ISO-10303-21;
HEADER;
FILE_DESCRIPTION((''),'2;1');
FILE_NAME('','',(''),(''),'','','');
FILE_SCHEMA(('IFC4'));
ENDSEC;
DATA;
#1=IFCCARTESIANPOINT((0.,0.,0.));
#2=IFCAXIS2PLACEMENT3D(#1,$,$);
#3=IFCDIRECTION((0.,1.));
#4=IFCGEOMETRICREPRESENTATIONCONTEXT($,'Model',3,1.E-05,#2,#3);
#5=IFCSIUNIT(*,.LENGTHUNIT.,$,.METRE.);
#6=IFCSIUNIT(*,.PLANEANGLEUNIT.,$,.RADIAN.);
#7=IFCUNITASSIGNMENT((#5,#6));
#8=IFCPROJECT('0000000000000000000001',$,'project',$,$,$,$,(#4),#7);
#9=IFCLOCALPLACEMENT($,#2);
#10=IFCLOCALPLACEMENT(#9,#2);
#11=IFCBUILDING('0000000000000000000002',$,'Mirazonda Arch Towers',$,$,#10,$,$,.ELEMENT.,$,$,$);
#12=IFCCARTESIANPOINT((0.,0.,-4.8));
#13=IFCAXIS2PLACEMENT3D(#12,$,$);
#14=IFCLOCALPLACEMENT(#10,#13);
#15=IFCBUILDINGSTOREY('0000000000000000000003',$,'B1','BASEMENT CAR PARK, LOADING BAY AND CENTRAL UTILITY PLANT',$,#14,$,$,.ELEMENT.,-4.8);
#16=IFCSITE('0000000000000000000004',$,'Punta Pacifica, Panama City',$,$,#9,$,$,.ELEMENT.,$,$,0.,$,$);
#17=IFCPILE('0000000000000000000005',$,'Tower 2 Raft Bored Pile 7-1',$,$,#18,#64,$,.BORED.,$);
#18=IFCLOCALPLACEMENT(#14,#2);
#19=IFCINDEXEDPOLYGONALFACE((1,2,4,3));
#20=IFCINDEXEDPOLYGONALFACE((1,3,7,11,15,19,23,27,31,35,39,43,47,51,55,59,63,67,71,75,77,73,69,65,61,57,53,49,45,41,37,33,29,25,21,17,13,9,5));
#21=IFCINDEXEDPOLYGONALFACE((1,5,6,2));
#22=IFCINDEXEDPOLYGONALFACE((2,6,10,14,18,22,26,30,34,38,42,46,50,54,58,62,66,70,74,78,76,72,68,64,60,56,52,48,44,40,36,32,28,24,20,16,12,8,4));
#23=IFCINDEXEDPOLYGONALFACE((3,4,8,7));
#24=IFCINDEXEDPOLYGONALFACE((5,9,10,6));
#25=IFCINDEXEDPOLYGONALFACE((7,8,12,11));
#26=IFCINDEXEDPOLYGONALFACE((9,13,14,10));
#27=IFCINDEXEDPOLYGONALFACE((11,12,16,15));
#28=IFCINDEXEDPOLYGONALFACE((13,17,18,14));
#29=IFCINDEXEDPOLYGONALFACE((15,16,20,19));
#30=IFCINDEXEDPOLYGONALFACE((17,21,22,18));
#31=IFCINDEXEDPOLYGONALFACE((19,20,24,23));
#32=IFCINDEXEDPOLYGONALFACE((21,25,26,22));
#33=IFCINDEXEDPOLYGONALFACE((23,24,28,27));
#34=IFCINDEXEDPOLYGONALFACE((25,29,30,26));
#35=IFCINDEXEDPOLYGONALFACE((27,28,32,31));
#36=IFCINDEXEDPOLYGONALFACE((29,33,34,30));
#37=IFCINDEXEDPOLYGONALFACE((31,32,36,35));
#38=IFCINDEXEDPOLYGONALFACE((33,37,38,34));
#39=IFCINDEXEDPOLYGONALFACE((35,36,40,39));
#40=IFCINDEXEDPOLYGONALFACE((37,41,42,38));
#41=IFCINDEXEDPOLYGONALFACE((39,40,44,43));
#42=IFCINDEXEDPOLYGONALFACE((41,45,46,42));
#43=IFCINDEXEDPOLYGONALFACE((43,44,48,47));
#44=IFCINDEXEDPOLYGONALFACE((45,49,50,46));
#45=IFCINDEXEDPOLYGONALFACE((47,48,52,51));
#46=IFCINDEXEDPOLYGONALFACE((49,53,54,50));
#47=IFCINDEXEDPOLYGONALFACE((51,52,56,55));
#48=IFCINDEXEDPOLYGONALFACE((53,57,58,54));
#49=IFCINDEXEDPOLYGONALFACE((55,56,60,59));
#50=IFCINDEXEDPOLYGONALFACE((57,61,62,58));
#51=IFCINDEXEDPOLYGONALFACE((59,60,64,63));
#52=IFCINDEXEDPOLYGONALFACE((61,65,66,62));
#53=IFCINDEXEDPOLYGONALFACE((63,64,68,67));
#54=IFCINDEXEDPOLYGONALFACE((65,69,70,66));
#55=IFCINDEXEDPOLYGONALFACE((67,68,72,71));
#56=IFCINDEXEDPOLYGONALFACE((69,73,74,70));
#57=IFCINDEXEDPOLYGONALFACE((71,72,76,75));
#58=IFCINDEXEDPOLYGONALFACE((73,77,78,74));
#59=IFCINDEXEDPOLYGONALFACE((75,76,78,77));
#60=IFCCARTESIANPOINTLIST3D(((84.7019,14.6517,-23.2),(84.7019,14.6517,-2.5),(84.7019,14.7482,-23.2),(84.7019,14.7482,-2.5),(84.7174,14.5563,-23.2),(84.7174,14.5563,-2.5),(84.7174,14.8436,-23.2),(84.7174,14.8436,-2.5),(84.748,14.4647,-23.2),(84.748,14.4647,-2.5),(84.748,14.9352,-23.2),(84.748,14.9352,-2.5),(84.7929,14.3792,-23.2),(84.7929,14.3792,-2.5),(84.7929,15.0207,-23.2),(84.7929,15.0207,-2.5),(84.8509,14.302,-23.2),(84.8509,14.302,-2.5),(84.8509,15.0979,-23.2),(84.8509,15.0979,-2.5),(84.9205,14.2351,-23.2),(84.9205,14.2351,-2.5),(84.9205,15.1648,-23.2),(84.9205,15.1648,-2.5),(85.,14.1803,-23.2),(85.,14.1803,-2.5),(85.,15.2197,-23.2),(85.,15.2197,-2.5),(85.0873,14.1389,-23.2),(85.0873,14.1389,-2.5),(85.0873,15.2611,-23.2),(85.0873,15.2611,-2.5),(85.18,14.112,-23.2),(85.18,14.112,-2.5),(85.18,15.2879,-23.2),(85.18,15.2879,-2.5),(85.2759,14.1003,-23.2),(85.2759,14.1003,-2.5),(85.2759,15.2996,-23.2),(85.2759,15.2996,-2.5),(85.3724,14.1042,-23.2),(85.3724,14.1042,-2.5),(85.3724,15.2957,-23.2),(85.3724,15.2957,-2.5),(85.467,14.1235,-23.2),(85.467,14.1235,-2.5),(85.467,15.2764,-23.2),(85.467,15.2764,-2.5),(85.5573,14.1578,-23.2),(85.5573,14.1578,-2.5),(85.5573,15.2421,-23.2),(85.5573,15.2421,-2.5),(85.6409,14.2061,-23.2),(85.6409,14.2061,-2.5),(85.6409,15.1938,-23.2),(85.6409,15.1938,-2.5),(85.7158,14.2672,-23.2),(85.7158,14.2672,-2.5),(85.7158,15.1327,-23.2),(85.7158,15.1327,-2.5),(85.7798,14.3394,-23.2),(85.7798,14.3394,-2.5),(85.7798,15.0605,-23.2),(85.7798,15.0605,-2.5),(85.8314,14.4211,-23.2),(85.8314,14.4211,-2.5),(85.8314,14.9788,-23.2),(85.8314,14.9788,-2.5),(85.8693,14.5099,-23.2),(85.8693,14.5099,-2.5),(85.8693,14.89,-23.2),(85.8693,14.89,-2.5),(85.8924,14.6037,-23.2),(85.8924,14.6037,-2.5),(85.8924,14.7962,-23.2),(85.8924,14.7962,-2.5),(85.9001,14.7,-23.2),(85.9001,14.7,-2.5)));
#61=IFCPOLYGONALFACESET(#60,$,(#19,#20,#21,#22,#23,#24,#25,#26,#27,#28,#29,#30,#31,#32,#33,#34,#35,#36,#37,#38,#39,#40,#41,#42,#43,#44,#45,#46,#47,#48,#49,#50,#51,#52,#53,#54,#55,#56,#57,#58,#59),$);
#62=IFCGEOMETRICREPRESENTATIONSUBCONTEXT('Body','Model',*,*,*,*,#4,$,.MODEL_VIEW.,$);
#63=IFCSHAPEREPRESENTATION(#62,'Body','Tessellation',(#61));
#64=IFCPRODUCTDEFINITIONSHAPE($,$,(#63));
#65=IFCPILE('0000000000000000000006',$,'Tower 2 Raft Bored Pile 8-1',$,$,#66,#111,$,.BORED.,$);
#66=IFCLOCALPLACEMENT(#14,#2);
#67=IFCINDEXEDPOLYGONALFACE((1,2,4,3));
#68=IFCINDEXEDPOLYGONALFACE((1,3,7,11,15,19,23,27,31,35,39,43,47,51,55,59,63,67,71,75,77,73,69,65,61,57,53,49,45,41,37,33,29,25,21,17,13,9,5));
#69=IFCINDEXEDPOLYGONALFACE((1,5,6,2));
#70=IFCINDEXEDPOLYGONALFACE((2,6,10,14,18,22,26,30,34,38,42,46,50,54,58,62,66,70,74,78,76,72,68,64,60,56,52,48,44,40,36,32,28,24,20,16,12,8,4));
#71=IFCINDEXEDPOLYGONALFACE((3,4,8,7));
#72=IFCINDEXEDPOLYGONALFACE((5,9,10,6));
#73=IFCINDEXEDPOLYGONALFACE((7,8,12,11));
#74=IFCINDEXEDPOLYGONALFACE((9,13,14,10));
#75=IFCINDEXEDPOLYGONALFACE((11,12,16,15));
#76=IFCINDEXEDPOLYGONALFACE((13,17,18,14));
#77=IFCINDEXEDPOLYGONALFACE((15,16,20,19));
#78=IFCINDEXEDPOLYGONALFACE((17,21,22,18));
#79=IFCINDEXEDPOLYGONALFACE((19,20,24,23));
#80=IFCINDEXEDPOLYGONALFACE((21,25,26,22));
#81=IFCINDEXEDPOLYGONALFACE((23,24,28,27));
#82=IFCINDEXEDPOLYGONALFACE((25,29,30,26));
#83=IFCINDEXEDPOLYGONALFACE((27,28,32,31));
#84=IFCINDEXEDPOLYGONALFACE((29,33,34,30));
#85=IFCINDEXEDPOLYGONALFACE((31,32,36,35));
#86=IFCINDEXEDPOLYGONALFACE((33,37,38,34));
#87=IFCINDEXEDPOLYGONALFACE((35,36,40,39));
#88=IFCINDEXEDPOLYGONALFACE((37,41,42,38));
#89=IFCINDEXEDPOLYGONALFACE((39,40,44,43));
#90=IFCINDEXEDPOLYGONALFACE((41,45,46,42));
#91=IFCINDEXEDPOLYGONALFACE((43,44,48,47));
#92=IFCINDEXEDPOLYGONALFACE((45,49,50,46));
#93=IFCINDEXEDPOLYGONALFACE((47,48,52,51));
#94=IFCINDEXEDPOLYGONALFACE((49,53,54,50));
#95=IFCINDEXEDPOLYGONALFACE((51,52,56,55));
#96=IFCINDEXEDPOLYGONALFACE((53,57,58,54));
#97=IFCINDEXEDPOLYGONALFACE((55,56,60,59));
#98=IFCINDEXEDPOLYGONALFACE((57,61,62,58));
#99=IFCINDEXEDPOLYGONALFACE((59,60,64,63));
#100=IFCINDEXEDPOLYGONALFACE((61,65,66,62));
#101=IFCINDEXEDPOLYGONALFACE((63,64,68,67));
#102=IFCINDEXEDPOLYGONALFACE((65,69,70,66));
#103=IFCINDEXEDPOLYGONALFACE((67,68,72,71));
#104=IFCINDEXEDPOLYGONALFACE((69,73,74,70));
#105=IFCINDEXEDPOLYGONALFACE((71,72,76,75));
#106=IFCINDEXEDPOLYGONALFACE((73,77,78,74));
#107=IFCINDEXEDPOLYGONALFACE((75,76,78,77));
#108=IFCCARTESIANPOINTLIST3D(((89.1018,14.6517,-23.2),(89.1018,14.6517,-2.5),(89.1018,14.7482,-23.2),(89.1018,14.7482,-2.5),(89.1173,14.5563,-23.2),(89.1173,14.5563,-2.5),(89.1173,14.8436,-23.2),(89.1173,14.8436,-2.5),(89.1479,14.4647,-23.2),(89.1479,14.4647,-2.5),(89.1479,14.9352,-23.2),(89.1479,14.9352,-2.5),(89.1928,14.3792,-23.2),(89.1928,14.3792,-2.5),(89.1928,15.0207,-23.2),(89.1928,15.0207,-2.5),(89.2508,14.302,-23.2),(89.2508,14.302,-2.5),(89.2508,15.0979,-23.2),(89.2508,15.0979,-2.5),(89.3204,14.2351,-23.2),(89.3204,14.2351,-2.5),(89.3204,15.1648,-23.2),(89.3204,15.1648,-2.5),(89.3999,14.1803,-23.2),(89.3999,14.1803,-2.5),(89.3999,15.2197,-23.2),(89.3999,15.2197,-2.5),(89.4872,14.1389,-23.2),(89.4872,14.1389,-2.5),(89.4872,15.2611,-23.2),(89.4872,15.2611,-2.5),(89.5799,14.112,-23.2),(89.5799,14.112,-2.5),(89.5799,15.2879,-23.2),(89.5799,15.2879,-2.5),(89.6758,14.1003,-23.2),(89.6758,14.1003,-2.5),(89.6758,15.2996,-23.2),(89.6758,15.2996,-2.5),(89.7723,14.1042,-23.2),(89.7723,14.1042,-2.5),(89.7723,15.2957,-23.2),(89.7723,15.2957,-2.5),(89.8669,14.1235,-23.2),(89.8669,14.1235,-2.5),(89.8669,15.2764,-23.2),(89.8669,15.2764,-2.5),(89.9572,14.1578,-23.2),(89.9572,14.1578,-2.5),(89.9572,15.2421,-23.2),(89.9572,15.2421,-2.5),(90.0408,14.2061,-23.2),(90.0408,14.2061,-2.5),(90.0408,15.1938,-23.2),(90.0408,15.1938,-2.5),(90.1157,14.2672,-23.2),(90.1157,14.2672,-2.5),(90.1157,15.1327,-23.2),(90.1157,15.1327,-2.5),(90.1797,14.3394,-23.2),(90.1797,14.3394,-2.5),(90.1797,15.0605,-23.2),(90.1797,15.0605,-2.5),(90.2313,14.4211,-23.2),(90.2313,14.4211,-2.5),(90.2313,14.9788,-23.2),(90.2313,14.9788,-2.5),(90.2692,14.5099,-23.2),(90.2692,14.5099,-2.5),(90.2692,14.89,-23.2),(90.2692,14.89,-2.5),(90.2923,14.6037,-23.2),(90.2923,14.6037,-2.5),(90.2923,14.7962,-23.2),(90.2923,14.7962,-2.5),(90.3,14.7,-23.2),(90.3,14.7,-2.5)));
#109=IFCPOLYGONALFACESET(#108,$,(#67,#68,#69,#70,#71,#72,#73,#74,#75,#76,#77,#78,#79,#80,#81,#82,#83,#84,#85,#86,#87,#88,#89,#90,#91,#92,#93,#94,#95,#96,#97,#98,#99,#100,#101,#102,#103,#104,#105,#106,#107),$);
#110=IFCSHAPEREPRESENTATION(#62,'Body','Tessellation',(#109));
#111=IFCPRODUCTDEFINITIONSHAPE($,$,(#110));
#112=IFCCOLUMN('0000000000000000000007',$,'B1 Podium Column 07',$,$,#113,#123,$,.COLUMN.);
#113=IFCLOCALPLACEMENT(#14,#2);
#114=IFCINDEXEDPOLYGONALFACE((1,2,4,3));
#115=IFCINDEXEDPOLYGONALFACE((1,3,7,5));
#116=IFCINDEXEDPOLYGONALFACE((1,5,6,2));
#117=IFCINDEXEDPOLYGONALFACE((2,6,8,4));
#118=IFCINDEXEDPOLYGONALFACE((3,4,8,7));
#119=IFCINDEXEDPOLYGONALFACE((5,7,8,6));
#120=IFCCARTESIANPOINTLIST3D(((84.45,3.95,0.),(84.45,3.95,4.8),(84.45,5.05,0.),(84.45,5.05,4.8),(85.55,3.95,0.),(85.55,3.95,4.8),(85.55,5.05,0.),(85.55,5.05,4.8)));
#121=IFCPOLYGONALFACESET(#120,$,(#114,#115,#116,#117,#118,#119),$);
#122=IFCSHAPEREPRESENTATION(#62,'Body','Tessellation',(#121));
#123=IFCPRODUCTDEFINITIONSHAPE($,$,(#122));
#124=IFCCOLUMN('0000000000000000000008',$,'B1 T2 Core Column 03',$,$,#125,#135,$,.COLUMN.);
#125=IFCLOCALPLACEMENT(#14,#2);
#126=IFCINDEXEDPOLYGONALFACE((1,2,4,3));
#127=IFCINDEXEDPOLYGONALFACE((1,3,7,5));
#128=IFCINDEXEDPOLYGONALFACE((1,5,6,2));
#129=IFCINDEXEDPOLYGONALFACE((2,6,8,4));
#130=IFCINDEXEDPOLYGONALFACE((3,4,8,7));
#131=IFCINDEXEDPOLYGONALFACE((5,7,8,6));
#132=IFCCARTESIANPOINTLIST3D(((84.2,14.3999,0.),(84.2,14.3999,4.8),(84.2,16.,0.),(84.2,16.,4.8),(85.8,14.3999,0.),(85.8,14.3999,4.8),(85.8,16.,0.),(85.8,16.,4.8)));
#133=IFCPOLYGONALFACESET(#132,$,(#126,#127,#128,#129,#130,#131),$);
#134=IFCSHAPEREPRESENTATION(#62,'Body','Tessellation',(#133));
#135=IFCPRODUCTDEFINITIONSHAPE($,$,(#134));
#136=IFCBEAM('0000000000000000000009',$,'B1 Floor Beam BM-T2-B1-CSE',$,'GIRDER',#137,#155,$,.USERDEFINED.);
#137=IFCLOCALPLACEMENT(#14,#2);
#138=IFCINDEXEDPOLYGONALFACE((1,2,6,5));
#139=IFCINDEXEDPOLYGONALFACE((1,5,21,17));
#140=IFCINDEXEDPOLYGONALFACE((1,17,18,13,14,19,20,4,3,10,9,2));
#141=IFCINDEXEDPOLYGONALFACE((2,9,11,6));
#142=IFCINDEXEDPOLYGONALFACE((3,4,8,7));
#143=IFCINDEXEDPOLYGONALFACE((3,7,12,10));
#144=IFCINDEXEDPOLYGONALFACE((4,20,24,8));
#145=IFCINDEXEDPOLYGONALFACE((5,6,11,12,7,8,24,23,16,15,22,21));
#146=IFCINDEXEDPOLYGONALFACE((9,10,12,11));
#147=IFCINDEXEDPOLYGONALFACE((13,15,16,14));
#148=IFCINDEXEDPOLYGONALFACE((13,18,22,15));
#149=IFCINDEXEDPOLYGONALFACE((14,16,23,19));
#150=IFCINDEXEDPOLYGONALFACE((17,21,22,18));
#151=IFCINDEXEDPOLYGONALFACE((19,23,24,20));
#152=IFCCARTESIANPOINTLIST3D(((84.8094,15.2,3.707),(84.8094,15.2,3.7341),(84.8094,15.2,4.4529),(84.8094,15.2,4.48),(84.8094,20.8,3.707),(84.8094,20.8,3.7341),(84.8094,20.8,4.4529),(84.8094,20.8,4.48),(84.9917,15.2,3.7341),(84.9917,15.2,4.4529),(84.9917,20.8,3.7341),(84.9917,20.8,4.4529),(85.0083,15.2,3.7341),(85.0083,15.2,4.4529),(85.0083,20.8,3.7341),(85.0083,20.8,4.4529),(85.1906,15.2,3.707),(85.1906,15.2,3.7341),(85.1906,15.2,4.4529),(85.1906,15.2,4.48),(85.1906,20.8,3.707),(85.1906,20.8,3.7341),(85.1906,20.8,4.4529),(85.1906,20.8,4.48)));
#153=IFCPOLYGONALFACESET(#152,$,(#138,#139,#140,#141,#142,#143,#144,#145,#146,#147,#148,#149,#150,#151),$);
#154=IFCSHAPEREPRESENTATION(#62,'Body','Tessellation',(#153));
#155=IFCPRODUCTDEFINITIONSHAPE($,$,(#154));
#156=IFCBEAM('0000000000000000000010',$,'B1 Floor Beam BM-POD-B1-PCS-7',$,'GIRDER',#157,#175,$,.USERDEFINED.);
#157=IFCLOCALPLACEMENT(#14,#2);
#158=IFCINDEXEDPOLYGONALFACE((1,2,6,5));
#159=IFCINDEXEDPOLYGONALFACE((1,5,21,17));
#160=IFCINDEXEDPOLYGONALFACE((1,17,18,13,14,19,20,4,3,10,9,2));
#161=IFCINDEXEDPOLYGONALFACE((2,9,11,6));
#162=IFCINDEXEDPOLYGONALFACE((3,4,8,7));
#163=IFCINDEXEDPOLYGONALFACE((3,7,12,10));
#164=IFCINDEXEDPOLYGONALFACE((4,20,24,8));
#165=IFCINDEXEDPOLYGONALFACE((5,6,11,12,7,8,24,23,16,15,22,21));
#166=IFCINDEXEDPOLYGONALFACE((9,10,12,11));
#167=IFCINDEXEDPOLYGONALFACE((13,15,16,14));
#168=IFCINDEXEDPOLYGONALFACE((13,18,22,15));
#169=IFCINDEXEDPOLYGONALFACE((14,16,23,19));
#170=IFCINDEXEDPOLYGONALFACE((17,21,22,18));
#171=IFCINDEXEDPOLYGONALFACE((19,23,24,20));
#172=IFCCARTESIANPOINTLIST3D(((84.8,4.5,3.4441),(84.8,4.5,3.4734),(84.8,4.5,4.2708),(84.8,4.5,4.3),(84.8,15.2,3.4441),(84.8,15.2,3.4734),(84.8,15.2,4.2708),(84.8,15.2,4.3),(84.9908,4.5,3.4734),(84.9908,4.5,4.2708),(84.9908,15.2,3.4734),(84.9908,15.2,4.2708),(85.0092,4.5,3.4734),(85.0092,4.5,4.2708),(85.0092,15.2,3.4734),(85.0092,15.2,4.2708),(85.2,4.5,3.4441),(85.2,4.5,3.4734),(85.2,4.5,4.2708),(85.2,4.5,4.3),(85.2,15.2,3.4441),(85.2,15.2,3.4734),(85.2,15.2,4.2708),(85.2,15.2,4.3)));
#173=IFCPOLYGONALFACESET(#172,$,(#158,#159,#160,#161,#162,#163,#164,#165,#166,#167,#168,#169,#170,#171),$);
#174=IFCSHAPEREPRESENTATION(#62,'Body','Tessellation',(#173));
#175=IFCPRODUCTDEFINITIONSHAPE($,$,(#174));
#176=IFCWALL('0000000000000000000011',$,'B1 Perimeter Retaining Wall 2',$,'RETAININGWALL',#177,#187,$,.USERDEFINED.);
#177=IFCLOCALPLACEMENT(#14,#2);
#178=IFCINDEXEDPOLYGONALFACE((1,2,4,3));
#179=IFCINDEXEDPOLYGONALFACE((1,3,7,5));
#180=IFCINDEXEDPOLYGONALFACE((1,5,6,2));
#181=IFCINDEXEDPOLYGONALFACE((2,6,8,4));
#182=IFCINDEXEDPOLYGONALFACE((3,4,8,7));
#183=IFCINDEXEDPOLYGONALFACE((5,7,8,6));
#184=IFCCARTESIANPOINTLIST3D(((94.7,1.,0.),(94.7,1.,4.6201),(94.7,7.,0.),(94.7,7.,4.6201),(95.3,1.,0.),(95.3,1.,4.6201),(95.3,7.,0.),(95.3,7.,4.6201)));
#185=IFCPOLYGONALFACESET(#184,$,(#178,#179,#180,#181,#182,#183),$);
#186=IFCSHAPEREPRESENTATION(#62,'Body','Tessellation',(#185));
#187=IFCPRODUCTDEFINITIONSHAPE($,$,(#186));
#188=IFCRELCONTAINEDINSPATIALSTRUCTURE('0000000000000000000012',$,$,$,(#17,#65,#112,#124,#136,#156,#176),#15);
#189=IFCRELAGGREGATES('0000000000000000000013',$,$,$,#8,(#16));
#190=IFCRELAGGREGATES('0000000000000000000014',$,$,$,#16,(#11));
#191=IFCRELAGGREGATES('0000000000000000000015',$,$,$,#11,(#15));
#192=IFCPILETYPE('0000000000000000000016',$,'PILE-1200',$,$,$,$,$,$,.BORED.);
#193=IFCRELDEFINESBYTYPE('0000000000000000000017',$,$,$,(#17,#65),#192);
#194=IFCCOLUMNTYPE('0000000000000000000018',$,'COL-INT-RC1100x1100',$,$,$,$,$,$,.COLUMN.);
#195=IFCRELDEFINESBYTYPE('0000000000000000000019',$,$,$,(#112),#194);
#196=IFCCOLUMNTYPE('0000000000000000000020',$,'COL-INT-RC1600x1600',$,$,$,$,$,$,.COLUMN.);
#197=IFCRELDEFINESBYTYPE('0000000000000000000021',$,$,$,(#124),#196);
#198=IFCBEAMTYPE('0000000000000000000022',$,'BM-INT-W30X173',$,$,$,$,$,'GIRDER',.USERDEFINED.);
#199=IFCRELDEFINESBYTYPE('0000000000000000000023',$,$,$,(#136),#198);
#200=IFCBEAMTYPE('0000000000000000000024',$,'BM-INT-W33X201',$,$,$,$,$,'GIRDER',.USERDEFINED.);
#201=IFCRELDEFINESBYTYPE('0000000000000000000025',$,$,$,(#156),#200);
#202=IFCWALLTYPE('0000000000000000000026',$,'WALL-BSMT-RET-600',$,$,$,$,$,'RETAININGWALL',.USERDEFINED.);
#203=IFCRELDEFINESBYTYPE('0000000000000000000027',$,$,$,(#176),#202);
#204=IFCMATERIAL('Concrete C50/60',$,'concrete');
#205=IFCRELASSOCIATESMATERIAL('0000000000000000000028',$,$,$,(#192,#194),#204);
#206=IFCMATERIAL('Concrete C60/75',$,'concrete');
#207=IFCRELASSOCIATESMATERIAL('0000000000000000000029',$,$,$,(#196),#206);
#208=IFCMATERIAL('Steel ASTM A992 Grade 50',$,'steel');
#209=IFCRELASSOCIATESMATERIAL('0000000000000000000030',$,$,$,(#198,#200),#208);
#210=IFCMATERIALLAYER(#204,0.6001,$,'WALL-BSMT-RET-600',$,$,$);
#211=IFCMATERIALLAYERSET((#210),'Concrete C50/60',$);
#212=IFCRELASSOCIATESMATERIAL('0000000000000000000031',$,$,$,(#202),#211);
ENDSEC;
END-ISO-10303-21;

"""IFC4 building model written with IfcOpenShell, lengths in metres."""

from ifc_helpers import new_model, si_unit, direction, frame, frame_2d, origin, origin_2d, place, context, subcontext, project, spatial, rectangle, circle, i_section, extrude, material, layer, layer_set, material_profile, profile_set, type_object, element, save


model = new_model("IFC4")

# Units and contexts
model_context = context("Model", 3, precision=1e-05, world=origin(), true_north=direction((0.0, 1.0)))
body_context = subcontext(model_context, "Body", "Model", "MODEL_VIEW")
ifc_project = project(units=[si_unit("LENGTHUNIT", "METRE"), si_unit("PLANEANGLEUNIT", "RADIAN")], contexts=[model_context])

# Site, building, storey
site_placement = place(None, origin())
site = spatial("IfcSite", under=ifc_project, at=site_placement, Name="Punta Pacifica, Panama City", CompositionType="ELEMENT", RefElevation=0.0)
building_placement = place(site_placement, origin())
building = spatial("IfcBuilding", under=site, at=building_placement, Name="Mirazonda Arch Towers", CompositionType="ELEMENT")
storey_placement = place(building_placement, frame((0.0, 0.0, -4.8)))
storey = spatial("IfcBuildingStorey", under=building, at=storey_placement, Name="B1", Description="BASEMENT CAR PARK, LOADING BAY AND CENTRAL UTILITY PLANT", CompositionType="ELEMENT", Elevation=-4.8)

# Piles
ifc_material_1 = material(Name="Concrete C50/60", Category="concrete")
ifc_material_profile_1 = material_profile(ifc_material_1, circle(Radius=0.6001, at=origin_2d()), Name="BORED-D1200")
ifc_profile_set_1 = profile_set([ifc_material_profile_1], Name="Concrete C50/60")
pile_type_1 = type_object("IfcPileType", Name="PILE-1200", PredefinedType="BORED", material=ifc_profile_set_1)
for number, where, z_axis, x_axis, name in (
    (1, (85.3, 14.7, -2.5), (0.0, 0.0, -1.0), (1.0, 0.0, 0.0), "Tower 2 Raft Bored Pile 7-1"),
    (2, (89.7, 14.7, -2.5), (0.0, 0.0, -1.0), (1.0, 0.0, 0.0), "Tower 2 Raft Bored Pile 8-1"),
):
    element("IfcPile", number, at=place(storey_placement, frame(where, z_axis=z_axis, x_axis=x_axis)), inside=storey, type_object=pile_type_1, Name=name, PredefinedType="BORED", context=body_context, shape_type="SweptSolid", body=[
        extrude(circle(Radius=0.6001, at=origin_2d()), origin(), (0.0, 0.0, 1.0), 20.7),
    ])

# Columns
ifc_material_profile_2 = material_profile(ifc_material_1, rectangle(XDim=1.1001, YDim=1.1001, at=origin_2d()), Name="RC1100x1100")
ifc_profile_set_2 = profile_set([ifc_material_profile_2], Name="Concrete C50/60")
column_type_1 = type_object("IfcColumnType", Name="COL-INT-RC1100x1100", PredefinedType="COLUMN", material=ifc_profile_set_2)
column_1_placement = place(storey_placement, frame((85.0, 4.5, 0.0), z_axis=(0.0, 0.0, 1.0), x_axis=(1.0, 0.0, 0.0)))
element("IfcColumn", 3, at=column_1_placement, inside=storey, type_object=column_type_1, Name="B1 Podium Column 07", PredefinedType="COLUMN", context=body_context, shape_type="SweptSolid", body=[
    extrude(rectangle(XDim=1.1001, YDim=1.1001, at=origin_2d()), origin(), (0.0, 0.0, 1.0), 4.8),
])
ifc_material_2 = material(Name="Concrete C60/75", Category="concrete")
ifc_material_profile_3 = material_profile(ifc_material_2, rectangle(XDim=1.6001, YDim=1.6001, at=origin_2d()), Name="RC1600x1600")
ifc_profile_set_3 = profile_set([ifc_material_profile_3], Name="Concrete C60/75")
column_type_2 = type_object("IfcColumnType", Name="COL-INT-RC1600x1600", PredefinedType="COLUMN", material=ifc_profile_set_3)
column_2_placement = place(storey_placement, frame((85.0, 15.2, 0.0), z_axis=(0.0, 0.0, 1.0), x_axis=(1.0, 0.0, 0.0)))
element("IfcColumn", 4, at=column_2_placement, inside=storey, type_object=column_type_2, Name="B1 T2 Core Column 03", PredefinedType="COLUMN", context=body_context, shape_type="SweptSolid", body=[
    extrude(rectangle(XDim=1.6001, YDim=1.6001, at=origin_2d()), origin(), (0.0, 0.0, 1.0), 4.8),
])

# Beams
ifc_material_3 = material(Name="Steel ASTM A992 Grade 50", Category="steel")
ifc_material_profile_4 = material_profile(ifc_material_3, i_section(OverallWidth=0.3811, OverallDepth=0.7729, WebThickness=0.0166, FlangeThickness=0.0271, at=origin_2d()), Name="W30X173")
ifc_profile_set_4 = profile_set([ifc_material_profile_4], Name="Steel ASTM A992 Grade 50")
beam_type_1 = type_object("IfcBeamType", Name="BM-INT-W30X173", ElementType="GIRDER", PredefinedType="USERDEFINED", material=ifc_profile_set_4)
beam_1_placement = place(storey_placement, frame((85.0, 15.2, 4.0935), z_axis=(0.0, 1.0, 0.0), x_axis=(-1.0, 0.0, 0.0)))
element("IfcBeam", 5, at=beam_1_placement, inside=storey, type_object=beam_type_1, Name="B1 Floor Beam BM-T2-B1-CSE", ObjectType="GIRDER", PredefinedType="USERDEFINED", context=body_context, shape_type="SweptSolid", body=[
    extrude(i_section(OverallWidth=0.3811, OverallDepth=0.7729, WebThickness=0.0166, FlangeThickness=0.0271, at=origin_2d()), origin(), (0.0, 0.0, 1.0), 5.6001),
])
ifc_material_profile_5 = material_profile(ifc_material_3, i_section(OverallWidth=0.3999, OverallDepth=0.856, WebThickness=0.0183, FlangeThickness=0.0293, at=origin_2d()), Name="W33X201")
ifc_profile_set_5 = profile_set([ifc_material_profile_5], Name="Steel ASTM A992 Grade 50")
beam_type_2 = type_object("IfcBeamType", Name="BM-INT-W33X201", ElementType="GIRDER", PredefinedType="USERDEFINED", material=ifc_profile_set_5)
beam_2_placement = place(storey_placement, frame((85.0, 4.5, 3.8721), z_axis=(0.0, 1.0, 0.0), x_axis=(-1.0, 0.0, 0.0)))
element("IfcBeam", 6, at=beam_2_placement, inside=storey, type_object=beam_type_2, Name="B1 Floor Beam BM-POD-B1-PCS-7", ObjectType="GIRDER", PredefinedType="USERDEFINED", context=body_context, shape_type="SweptSolid", body=[
    extrude(i_section(OverallWidth=0.3999, OverallDepth=0.856, WebThickness=0.0183, FlangeThickness=0.0293, at=origin_2d()), origin(), (0.0, 0.0, 1.0), 10.7),
])

# Wall
ifc_layer_1 = layer(ifc_material_1, 0.6001, Name="WALL-BSMT-RET-600")
ifc_layer_set_1 = layer_set([ifc_layer_1], Name="Concrete C50/60")
wall_type_1 = type_object("IfcWallType", Name="WALL-BSMT-RET-600", ElementType="RETAININGWALL", PredefinedType="USERDEFINED", material=ifc_layer_set_1)
for number, where, z_axis, x_axis, name in (
    (7, (95.0, 1.0, 0.0), (0.0, 0.0, 1.0), (0.0, 1.0, 0.0), "B1 Perimeter Retaining Wall 2"),
):
    element("IfcWall", number, at=place(storey_placement, frame(where, z_axis=z_axis, x_axis=x_axis)), inside=storey, type_object=wall_type_1, Name=name, ObjectType="RETAININGWALL", PredefinedType="USERDEFINED", context=body_context, shape_type="SweptSolid", body=[
        extrude(rectangle(XDim=6.0, YDim=0.6001, at=frame_2d((3.0, 0.0))), origin(), (0.0, 0.0, 1.0), 4.6201),
    ])

save(model, "model.ifc")
